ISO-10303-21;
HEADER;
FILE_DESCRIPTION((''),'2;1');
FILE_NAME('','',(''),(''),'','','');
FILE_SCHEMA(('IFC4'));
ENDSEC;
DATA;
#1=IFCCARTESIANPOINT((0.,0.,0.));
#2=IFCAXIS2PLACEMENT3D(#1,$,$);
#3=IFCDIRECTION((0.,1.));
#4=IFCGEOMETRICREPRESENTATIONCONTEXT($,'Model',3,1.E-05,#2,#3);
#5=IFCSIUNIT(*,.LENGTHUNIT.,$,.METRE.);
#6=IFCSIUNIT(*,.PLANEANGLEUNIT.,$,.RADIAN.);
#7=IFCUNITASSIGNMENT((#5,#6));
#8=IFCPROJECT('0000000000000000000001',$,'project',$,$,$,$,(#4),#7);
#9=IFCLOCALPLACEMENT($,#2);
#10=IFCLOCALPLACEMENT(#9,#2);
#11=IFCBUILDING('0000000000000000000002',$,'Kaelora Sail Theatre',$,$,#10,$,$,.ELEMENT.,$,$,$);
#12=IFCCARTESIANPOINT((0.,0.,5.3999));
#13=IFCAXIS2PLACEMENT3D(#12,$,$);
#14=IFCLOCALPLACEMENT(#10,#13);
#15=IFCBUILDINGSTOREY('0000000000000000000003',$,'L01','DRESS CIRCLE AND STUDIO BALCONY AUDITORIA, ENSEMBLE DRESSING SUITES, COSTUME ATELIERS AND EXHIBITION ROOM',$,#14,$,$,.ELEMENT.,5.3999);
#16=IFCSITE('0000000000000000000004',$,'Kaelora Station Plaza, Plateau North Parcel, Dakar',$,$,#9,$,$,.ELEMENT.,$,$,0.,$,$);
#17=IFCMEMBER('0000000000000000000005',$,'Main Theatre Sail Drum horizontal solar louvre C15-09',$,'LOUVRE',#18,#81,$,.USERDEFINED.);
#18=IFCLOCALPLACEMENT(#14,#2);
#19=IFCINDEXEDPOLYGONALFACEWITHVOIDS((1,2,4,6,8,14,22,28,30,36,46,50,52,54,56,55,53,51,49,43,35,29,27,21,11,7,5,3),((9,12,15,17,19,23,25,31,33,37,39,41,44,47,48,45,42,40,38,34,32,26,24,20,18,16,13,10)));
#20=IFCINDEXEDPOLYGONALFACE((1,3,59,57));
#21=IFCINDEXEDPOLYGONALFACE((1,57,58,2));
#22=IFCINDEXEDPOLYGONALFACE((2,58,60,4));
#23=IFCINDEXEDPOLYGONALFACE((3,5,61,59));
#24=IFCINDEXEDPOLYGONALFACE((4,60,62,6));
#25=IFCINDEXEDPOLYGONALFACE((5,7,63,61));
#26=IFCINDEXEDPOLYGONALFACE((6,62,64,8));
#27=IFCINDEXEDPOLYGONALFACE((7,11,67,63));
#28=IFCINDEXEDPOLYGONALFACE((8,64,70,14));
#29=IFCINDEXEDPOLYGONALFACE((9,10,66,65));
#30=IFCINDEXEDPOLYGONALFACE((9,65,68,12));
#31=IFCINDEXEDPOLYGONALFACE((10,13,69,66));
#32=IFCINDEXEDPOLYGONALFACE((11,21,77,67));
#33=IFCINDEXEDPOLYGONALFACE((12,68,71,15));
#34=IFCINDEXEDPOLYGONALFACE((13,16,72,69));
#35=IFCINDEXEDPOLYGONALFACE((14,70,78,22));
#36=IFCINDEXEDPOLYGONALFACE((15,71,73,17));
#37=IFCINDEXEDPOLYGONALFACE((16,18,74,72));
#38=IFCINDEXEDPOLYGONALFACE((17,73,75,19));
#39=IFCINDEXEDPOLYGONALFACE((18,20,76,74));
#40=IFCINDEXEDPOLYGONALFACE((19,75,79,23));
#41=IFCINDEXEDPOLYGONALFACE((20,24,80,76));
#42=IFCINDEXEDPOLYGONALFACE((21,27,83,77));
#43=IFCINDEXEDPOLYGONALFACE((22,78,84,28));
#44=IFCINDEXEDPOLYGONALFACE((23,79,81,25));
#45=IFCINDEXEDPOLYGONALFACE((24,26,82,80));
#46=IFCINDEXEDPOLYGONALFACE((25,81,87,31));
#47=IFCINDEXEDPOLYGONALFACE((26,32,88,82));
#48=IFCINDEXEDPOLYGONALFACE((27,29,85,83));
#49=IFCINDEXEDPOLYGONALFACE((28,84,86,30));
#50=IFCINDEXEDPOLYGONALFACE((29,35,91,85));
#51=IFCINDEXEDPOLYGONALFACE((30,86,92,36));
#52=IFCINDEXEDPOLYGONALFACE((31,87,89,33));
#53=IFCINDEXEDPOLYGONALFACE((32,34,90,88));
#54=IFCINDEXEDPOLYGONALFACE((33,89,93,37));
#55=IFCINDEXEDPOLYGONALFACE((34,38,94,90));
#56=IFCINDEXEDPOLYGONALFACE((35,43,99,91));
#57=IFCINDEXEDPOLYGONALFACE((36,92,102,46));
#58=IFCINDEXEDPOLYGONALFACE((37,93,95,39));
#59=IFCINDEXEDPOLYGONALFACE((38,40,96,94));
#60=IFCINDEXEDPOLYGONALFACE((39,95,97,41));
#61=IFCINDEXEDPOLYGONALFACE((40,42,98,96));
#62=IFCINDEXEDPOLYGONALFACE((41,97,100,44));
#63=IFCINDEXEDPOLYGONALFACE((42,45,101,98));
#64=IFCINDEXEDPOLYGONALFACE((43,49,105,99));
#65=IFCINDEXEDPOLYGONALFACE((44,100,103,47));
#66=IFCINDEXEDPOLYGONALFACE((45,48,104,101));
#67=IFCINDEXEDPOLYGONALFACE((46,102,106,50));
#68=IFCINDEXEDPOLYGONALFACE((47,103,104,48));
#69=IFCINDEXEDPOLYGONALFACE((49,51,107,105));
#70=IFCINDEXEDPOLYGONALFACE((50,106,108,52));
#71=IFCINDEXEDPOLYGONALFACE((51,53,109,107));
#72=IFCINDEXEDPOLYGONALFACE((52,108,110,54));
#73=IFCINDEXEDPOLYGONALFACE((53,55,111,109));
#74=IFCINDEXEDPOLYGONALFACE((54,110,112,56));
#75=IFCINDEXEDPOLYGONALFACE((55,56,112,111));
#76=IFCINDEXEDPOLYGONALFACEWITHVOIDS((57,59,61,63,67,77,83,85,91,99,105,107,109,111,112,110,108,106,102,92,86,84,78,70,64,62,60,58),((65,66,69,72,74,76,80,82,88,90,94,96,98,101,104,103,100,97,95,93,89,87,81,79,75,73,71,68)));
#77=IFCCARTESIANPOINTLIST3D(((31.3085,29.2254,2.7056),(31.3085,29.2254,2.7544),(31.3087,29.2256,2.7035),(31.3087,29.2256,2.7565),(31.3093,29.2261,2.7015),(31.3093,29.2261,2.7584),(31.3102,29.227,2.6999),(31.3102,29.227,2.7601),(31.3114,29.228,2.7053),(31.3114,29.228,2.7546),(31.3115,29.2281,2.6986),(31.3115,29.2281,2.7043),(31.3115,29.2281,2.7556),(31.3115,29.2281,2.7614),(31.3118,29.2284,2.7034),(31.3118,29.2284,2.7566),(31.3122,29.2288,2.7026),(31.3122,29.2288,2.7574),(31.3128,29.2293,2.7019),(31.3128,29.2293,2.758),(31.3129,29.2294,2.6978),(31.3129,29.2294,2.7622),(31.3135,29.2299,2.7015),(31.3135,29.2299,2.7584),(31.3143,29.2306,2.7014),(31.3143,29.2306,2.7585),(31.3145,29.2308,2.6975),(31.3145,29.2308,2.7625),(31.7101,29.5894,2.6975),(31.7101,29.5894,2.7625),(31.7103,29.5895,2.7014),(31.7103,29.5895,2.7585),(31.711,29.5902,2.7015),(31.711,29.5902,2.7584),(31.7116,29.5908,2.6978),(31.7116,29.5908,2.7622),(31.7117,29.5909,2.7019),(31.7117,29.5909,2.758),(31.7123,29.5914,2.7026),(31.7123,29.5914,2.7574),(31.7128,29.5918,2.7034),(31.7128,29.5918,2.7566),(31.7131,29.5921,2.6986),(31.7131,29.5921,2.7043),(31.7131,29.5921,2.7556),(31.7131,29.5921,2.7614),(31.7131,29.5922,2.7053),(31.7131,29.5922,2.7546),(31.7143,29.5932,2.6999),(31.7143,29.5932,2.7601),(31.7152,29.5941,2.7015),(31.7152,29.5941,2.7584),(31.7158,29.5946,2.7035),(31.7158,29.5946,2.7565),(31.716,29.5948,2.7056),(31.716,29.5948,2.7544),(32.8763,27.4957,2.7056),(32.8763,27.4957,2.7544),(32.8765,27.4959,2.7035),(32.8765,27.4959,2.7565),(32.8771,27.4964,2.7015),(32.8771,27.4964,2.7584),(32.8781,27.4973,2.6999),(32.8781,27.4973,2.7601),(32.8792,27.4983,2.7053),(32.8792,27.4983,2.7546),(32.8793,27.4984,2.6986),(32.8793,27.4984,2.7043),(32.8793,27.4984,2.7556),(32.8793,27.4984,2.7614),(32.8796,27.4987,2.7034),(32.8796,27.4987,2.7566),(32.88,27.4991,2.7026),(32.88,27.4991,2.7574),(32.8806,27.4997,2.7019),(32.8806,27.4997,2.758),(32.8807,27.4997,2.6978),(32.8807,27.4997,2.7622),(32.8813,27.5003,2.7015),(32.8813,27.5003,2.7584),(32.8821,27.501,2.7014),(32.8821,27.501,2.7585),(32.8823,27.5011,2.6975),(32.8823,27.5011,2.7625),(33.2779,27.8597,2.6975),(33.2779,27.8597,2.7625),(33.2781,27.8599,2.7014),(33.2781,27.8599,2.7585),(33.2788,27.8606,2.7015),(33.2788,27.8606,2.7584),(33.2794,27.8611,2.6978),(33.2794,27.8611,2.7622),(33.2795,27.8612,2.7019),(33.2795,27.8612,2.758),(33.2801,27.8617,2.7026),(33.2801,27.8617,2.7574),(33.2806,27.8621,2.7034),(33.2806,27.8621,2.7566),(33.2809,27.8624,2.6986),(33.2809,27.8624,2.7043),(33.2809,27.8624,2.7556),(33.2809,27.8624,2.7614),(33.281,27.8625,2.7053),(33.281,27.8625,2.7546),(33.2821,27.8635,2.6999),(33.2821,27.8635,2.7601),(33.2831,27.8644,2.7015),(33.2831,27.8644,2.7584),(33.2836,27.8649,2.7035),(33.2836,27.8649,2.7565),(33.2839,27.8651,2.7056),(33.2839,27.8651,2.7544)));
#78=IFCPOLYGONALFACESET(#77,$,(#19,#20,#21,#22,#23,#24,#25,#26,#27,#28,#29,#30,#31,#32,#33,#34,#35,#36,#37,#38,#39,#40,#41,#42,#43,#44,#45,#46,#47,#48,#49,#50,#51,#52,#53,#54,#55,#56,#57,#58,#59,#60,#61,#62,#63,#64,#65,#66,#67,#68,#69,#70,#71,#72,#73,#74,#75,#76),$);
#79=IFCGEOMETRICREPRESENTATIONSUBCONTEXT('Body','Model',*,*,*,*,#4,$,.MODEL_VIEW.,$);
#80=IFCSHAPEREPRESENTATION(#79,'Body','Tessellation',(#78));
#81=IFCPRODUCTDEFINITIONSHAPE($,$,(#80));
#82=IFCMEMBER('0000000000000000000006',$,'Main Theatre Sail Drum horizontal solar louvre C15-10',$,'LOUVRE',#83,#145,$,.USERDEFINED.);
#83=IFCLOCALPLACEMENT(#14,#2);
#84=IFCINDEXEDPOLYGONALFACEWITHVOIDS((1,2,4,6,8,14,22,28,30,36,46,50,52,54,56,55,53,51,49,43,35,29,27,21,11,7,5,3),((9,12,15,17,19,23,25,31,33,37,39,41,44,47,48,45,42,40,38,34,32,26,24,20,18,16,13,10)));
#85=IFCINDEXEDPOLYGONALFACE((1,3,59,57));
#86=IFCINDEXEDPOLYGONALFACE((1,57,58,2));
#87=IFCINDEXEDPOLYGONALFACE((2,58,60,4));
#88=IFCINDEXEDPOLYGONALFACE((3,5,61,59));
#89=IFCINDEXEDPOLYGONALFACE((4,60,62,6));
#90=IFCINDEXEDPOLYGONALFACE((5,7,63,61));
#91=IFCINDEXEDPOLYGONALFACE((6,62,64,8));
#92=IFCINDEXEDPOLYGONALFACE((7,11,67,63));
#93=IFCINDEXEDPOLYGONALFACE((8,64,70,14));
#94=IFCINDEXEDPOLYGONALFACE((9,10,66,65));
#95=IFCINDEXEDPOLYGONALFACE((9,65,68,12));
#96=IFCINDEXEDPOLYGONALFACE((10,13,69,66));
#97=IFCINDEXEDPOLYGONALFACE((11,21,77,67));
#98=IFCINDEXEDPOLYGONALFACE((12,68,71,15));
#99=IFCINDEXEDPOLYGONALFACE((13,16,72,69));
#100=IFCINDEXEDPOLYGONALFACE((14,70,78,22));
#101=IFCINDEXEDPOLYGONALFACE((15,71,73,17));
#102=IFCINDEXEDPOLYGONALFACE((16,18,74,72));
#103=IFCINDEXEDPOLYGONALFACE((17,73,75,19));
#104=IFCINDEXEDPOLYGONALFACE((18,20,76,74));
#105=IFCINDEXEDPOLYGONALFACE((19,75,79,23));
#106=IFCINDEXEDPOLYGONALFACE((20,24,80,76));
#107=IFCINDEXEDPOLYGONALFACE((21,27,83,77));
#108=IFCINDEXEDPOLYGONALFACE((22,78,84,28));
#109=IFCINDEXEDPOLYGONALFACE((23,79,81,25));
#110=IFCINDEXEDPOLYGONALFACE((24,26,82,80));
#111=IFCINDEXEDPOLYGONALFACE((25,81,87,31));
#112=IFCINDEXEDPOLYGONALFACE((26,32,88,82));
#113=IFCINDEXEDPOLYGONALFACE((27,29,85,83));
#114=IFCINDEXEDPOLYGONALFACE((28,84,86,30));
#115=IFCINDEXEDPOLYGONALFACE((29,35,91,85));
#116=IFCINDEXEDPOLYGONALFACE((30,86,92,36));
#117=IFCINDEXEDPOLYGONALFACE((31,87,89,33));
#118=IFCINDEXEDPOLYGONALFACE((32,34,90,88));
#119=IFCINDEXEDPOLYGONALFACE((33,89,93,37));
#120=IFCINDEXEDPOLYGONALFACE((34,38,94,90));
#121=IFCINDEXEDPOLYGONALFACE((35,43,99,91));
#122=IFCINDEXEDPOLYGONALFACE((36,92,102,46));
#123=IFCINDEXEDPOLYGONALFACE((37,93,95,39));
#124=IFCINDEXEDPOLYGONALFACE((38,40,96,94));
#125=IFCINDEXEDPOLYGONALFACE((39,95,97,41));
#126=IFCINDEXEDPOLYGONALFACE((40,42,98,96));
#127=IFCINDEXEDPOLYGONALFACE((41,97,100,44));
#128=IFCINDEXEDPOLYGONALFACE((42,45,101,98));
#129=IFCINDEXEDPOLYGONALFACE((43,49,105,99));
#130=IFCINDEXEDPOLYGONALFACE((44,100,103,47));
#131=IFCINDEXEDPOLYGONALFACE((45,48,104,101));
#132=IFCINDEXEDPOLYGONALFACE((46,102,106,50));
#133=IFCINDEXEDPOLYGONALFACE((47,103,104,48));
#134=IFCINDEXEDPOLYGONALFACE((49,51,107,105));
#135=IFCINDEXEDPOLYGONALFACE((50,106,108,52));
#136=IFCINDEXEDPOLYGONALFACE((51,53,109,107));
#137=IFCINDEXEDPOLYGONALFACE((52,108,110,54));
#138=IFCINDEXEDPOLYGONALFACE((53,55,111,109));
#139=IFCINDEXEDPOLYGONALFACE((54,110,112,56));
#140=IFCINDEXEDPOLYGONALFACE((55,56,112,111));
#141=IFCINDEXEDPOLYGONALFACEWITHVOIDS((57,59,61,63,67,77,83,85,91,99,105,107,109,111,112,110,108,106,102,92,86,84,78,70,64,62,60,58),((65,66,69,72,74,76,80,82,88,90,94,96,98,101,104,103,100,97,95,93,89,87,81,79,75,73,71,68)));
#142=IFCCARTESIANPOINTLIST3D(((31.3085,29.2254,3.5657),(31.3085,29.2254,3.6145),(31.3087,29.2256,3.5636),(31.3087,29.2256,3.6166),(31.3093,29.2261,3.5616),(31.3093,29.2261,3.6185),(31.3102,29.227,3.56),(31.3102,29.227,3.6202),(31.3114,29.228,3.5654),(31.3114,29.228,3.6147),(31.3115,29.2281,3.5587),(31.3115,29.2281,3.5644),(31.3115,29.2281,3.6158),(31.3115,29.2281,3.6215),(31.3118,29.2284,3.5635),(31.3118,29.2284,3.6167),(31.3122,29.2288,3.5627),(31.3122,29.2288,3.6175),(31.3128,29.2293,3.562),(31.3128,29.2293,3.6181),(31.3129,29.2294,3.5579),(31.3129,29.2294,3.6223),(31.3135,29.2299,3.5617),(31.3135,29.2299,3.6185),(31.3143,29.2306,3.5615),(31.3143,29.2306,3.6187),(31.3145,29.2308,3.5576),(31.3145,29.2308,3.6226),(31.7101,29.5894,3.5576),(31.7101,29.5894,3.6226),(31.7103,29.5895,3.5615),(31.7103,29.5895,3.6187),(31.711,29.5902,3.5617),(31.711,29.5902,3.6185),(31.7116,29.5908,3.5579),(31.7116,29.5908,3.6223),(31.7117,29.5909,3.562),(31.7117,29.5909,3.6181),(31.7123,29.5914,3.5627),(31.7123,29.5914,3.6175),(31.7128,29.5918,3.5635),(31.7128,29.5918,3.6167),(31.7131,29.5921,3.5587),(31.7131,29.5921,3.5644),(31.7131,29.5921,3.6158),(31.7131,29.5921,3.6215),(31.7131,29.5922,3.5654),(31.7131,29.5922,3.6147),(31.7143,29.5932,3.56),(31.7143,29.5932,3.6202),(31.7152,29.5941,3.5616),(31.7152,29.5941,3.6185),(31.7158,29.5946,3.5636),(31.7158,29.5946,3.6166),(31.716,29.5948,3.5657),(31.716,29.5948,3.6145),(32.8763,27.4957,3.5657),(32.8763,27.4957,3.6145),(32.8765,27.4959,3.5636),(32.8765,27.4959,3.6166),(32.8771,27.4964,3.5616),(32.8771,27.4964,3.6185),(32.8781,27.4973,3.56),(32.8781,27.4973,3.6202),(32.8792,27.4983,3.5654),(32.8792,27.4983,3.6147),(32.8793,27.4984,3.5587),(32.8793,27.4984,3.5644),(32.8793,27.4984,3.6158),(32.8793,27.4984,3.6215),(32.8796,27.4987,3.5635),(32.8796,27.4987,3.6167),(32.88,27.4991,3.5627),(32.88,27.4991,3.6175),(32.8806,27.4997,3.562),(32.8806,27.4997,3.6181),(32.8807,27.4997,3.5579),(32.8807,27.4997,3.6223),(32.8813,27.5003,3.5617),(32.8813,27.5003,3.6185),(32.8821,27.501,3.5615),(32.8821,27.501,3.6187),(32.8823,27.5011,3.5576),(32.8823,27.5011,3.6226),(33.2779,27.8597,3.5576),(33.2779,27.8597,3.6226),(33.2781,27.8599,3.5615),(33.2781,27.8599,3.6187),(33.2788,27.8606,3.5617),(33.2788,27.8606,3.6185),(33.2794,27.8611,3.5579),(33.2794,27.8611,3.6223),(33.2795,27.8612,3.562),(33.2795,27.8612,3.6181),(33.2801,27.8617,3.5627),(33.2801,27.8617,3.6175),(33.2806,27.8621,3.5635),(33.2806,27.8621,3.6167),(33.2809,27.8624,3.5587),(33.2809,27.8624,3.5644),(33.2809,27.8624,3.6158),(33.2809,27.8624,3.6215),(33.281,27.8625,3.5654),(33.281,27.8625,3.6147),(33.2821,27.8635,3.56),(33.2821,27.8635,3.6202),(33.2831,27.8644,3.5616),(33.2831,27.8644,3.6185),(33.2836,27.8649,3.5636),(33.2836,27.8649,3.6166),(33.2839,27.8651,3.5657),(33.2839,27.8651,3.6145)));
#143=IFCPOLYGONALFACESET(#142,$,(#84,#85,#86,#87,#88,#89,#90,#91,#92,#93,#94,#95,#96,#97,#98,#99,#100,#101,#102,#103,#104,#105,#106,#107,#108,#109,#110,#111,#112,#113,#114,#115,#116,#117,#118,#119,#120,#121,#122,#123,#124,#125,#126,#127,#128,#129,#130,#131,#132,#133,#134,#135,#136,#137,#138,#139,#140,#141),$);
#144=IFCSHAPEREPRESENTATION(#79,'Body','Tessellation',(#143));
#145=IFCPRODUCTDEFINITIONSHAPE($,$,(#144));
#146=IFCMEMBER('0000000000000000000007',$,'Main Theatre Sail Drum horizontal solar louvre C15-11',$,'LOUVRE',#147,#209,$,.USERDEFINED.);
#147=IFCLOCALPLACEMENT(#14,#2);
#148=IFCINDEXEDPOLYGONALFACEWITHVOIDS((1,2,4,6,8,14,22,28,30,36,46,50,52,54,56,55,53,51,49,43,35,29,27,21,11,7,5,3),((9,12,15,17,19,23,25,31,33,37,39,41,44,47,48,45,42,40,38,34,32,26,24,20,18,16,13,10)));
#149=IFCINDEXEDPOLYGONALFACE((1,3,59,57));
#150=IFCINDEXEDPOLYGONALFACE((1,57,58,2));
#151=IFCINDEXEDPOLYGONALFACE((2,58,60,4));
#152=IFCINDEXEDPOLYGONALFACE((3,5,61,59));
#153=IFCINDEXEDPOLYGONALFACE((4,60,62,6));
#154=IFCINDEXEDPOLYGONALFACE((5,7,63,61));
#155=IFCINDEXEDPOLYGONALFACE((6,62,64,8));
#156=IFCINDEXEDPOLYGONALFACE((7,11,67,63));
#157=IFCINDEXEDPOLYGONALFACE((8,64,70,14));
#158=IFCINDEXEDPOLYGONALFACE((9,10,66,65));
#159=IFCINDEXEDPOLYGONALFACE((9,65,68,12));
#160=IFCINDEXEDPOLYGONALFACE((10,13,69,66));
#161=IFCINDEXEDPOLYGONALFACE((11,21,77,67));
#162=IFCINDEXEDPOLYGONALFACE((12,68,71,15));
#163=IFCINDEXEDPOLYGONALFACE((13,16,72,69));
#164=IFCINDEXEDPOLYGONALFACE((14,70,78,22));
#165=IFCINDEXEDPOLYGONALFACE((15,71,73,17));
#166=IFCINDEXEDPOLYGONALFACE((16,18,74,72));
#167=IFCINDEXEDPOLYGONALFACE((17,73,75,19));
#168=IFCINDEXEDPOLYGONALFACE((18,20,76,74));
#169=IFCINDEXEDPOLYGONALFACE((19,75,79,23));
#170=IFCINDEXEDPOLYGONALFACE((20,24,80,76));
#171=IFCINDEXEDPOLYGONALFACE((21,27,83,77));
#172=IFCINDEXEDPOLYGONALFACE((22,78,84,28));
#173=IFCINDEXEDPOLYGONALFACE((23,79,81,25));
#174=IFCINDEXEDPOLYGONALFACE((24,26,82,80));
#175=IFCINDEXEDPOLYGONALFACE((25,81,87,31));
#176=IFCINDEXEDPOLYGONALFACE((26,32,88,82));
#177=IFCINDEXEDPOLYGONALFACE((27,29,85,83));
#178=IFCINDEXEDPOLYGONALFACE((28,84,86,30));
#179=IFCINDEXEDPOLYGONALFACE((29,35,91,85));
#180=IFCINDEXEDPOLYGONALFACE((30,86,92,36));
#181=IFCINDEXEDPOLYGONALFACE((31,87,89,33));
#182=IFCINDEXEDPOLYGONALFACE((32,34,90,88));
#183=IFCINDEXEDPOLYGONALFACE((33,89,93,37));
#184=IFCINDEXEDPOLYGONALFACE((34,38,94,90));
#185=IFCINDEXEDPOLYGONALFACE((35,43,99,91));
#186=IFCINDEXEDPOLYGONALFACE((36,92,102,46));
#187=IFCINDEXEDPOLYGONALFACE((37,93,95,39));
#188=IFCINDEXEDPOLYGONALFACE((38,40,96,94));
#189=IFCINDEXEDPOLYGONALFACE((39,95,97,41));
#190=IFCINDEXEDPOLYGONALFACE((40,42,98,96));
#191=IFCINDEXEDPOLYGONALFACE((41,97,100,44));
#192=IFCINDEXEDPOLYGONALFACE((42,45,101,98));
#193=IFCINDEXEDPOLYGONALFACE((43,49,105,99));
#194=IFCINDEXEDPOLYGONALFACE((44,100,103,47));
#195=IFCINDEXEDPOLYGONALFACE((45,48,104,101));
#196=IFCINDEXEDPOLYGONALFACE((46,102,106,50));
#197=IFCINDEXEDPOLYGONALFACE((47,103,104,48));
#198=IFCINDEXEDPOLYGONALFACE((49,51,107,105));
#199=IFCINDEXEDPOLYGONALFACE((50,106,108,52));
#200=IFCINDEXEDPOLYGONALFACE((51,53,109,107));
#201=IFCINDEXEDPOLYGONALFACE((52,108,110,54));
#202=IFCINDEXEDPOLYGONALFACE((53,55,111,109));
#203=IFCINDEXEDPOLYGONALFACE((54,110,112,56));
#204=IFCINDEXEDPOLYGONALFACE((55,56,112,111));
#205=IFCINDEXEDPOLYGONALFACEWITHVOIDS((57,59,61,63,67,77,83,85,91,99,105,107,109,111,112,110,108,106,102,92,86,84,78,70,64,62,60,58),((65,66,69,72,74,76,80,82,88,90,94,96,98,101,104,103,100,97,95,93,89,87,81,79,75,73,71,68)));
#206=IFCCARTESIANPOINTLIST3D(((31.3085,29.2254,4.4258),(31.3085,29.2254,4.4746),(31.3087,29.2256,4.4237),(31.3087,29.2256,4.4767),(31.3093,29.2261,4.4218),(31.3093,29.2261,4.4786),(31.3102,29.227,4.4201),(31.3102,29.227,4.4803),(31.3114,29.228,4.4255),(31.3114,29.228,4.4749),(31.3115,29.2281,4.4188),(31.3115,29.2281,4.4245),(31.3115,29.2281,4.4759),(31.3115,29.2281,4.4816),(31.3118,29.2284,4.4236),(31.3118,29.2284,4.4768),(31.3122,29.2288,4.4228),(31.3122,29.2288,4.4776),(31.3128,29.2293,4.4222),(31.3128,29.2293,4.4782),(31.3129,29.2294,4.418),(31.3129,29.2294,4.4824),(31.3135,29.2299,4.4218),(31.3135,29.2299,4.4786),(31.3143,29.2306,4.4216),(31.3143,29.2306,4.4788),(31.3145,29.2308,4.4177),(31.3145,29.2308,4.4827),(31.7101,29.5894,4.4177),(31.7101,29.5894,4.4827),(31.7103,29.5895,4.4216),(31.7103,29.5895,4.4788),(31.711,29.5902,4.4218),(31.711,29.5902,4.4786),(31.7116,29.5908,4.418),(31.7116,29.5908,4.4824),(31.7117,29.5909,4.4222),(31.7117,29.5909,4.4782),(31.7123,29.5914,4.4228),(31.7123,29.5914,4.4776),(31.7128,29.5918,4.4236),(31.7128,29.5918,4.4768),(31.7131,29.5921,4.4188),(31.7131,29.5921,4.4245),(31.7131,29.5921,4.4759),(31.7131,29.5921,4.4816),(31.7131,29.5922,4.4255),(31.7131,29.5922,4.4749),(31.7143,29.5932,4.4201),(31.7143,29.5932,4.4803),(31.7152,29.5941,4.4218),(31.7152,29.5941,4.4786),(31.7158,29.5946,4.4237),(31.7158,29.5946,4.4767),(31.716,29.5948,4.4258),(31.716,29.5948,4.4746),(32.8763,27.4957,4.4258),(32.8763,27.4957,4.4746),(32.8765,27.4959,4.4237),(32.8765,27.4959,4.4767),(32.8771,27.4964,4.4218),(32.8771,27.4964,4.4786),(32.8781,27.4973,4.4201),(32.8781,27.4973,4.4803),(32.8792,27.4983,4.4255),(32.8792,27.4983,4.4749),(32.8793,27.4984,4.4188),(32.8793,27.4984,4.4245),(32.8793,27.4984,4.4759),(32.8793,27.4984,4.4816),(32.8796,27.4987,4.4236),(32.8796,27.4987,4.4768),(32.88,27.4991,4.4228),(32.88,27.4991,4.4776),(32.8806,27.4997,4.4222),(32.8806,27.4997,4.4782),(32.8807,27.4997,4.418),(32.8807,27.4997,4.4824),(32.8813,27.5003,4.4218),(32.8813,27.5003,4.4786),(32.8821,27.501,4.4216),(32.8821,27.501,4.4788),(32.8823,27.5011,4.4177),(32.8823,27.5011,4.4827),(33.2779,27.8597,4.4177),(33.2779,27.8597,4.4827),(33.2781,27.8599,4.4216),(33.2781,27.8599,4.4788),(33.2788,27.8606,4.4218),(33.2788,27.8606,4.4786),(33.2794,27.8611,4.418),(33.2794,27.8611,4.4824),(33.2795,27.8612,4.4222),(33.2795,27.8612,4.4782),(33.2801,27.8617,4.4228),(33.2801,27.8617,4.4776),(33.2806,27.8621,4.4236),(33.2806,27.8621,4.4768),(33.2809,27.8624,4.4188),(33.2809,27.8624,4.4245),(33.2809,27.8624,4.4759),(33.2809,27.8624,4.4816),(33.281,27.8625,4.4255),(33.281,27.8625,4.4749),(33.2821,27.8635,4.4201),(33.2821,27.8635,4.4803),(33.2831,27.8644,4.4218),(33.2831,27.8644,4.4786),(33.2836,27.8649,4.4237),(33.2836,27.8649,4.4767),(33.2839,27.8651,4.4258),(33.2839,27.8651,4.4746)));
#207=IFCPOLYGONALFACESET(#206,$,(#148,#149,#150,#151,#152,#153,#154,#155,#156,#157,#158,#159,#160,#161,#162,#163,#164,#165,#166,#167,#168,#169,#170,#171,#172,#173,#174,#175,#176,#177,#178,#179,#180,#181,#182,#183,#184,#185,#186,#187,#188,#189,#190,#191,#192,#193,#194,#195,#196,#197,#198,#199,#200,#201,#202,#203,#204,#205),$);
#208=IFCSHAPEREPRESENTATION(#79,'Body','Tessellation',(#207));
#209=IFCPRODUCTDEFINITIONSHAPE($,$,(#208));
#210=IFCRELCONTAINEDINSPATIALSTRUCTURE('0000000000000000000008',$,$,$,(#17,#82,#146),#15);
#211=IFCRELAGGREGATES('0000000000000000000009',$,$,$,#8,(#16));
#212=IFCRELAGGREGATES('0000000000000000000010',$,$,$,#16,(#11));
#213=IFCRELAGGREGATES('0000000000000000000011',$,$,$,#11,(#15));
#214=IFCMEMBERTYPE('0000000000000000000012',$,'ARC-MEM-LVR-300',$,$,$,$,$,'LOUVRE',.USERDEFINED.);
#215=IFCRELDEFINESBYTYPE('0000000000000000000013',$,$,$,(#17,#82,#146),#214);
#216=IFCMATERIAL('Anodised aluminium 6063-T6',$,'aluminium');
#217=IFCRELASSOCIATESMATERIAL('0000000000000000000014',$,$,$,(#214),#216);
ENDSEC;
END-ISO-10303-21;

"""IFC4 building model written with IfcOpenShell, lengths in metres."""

from ifc_helpers import new_model, si_unit, direction, frame, origin, origin_2d, place, context, subcontext, project, spatial, hollow_rectangle, extrude, material, material_profile, profile_set, type_object, element, save


model = new_model("IFC4")

# Units and contexts
model_context = context("Model", 3, precision=1e-05, world=origin(), true_north=direction((0.0, 1.0)))
body_context = subcontext(model_context, "Body", "Model", "MODEL_VIEW")
ifc_project = project(units=[si_unit("LENGTHUNIT", "METRE"), si_unit("PLANEANGLEUNIT", "RADIAN")], contexts=[model_context])

# Site, building, storey
site_placement = place(None, origin())
site = spatial("IfcSite", under=ifc_project, at=site_placement, Name="Kaelora Station Plaza, Plateau North Parcel, Dakar", CompositionType="ELEMENT", RefElevation=0.0)
building_placement = place(site_placement, origin())
building = spatial("IfcBuilding", under=site, at=building_placement, Name="Kaelora Sail Theatre", CompositionType="ELEMENT")
storey_placement = place(building_placement, frame((0.0, 0.0, 5.3999)))
storey = spatial("IfcBuildingStorey", under=building, at=storey_placement, Name="L01", Description="DRESS CIRCLE AND STUDIO BALCONY AUDITORIA, ENSEMBLE DRESSING SUITES, COSTUME ATELIERS AND EXHIBITION ROOM", CompositionType="ELEMENT", Elevation=5.3999)

# Members
ifc_material_1 = material(Name="Anodised aluminium 6063-T6", Category="aluminium")
ifc_material_profile_1 = material_profile(ifc_material_1, hollow_rectangle(XDim=0.55, YDim=0.0649, WallThickness=0.0039, InnerFilletRadius=0.0039, OuterFilletRadius=0.0081, at=origin_2d()), Name="LOUVRE 550x65x4")
ifc_profile_set_1 = profile_set([ifc_material_profile_1], Name="Anodised aluminium 6063-T6")
member_type = type_object("IfcMemberType", Name="ARC-MEM-LVR-300", ElementType="LOUVRE", PredefinedType="USERDEFINED", material=ifc_profile_set_1)
for number, where, z_axis, x_axis, name in (
    (1, (33.0801, 27.6804, 2.73), (-0.671589, 0.740924, 0.0), (-0.740924, -0.671589, 0.0), "Main Theatre Sail Drum horizontal solar louvre C15-09"),
    (2, (33.0801, 27.6804, 3.5901), (-0.671589, 0.740924, 0.0), (-0.740924, -0.671589, 0.0), "Main Theatre Sail Drum horizontal solar louvre C15-10"),
    (3, (33.0801, 27.6804, 4.4502), (-0.671589, 0.740924, 0.0), (-0.740924, -0.671589, 0.0), "Main Theatre Sail Drum horizontal solar louvre C15-11"),
):
    element("IfcMember", number, at=place(storey_placement, frame(where, z_axis=z_axis, x_axis=x_axis)), inside=storey, type_object=member_type, Name=name, ObjectType="LOUVRE", PredefinedType="USERDEFINED", context=body_context, shape_type="SweptSolid", body=[
        extrude(hollow_rectangle(XDim=0.55, YDim=0.0649, WallThickness=0.0039, InnerFilletRadius=0.0039, OuterFilletRadius=0.0081, at=origin_2d()), origin(), (0.0, 0.0, 1.0), 2.3345),
    ])

save(model, "model.ifc")
